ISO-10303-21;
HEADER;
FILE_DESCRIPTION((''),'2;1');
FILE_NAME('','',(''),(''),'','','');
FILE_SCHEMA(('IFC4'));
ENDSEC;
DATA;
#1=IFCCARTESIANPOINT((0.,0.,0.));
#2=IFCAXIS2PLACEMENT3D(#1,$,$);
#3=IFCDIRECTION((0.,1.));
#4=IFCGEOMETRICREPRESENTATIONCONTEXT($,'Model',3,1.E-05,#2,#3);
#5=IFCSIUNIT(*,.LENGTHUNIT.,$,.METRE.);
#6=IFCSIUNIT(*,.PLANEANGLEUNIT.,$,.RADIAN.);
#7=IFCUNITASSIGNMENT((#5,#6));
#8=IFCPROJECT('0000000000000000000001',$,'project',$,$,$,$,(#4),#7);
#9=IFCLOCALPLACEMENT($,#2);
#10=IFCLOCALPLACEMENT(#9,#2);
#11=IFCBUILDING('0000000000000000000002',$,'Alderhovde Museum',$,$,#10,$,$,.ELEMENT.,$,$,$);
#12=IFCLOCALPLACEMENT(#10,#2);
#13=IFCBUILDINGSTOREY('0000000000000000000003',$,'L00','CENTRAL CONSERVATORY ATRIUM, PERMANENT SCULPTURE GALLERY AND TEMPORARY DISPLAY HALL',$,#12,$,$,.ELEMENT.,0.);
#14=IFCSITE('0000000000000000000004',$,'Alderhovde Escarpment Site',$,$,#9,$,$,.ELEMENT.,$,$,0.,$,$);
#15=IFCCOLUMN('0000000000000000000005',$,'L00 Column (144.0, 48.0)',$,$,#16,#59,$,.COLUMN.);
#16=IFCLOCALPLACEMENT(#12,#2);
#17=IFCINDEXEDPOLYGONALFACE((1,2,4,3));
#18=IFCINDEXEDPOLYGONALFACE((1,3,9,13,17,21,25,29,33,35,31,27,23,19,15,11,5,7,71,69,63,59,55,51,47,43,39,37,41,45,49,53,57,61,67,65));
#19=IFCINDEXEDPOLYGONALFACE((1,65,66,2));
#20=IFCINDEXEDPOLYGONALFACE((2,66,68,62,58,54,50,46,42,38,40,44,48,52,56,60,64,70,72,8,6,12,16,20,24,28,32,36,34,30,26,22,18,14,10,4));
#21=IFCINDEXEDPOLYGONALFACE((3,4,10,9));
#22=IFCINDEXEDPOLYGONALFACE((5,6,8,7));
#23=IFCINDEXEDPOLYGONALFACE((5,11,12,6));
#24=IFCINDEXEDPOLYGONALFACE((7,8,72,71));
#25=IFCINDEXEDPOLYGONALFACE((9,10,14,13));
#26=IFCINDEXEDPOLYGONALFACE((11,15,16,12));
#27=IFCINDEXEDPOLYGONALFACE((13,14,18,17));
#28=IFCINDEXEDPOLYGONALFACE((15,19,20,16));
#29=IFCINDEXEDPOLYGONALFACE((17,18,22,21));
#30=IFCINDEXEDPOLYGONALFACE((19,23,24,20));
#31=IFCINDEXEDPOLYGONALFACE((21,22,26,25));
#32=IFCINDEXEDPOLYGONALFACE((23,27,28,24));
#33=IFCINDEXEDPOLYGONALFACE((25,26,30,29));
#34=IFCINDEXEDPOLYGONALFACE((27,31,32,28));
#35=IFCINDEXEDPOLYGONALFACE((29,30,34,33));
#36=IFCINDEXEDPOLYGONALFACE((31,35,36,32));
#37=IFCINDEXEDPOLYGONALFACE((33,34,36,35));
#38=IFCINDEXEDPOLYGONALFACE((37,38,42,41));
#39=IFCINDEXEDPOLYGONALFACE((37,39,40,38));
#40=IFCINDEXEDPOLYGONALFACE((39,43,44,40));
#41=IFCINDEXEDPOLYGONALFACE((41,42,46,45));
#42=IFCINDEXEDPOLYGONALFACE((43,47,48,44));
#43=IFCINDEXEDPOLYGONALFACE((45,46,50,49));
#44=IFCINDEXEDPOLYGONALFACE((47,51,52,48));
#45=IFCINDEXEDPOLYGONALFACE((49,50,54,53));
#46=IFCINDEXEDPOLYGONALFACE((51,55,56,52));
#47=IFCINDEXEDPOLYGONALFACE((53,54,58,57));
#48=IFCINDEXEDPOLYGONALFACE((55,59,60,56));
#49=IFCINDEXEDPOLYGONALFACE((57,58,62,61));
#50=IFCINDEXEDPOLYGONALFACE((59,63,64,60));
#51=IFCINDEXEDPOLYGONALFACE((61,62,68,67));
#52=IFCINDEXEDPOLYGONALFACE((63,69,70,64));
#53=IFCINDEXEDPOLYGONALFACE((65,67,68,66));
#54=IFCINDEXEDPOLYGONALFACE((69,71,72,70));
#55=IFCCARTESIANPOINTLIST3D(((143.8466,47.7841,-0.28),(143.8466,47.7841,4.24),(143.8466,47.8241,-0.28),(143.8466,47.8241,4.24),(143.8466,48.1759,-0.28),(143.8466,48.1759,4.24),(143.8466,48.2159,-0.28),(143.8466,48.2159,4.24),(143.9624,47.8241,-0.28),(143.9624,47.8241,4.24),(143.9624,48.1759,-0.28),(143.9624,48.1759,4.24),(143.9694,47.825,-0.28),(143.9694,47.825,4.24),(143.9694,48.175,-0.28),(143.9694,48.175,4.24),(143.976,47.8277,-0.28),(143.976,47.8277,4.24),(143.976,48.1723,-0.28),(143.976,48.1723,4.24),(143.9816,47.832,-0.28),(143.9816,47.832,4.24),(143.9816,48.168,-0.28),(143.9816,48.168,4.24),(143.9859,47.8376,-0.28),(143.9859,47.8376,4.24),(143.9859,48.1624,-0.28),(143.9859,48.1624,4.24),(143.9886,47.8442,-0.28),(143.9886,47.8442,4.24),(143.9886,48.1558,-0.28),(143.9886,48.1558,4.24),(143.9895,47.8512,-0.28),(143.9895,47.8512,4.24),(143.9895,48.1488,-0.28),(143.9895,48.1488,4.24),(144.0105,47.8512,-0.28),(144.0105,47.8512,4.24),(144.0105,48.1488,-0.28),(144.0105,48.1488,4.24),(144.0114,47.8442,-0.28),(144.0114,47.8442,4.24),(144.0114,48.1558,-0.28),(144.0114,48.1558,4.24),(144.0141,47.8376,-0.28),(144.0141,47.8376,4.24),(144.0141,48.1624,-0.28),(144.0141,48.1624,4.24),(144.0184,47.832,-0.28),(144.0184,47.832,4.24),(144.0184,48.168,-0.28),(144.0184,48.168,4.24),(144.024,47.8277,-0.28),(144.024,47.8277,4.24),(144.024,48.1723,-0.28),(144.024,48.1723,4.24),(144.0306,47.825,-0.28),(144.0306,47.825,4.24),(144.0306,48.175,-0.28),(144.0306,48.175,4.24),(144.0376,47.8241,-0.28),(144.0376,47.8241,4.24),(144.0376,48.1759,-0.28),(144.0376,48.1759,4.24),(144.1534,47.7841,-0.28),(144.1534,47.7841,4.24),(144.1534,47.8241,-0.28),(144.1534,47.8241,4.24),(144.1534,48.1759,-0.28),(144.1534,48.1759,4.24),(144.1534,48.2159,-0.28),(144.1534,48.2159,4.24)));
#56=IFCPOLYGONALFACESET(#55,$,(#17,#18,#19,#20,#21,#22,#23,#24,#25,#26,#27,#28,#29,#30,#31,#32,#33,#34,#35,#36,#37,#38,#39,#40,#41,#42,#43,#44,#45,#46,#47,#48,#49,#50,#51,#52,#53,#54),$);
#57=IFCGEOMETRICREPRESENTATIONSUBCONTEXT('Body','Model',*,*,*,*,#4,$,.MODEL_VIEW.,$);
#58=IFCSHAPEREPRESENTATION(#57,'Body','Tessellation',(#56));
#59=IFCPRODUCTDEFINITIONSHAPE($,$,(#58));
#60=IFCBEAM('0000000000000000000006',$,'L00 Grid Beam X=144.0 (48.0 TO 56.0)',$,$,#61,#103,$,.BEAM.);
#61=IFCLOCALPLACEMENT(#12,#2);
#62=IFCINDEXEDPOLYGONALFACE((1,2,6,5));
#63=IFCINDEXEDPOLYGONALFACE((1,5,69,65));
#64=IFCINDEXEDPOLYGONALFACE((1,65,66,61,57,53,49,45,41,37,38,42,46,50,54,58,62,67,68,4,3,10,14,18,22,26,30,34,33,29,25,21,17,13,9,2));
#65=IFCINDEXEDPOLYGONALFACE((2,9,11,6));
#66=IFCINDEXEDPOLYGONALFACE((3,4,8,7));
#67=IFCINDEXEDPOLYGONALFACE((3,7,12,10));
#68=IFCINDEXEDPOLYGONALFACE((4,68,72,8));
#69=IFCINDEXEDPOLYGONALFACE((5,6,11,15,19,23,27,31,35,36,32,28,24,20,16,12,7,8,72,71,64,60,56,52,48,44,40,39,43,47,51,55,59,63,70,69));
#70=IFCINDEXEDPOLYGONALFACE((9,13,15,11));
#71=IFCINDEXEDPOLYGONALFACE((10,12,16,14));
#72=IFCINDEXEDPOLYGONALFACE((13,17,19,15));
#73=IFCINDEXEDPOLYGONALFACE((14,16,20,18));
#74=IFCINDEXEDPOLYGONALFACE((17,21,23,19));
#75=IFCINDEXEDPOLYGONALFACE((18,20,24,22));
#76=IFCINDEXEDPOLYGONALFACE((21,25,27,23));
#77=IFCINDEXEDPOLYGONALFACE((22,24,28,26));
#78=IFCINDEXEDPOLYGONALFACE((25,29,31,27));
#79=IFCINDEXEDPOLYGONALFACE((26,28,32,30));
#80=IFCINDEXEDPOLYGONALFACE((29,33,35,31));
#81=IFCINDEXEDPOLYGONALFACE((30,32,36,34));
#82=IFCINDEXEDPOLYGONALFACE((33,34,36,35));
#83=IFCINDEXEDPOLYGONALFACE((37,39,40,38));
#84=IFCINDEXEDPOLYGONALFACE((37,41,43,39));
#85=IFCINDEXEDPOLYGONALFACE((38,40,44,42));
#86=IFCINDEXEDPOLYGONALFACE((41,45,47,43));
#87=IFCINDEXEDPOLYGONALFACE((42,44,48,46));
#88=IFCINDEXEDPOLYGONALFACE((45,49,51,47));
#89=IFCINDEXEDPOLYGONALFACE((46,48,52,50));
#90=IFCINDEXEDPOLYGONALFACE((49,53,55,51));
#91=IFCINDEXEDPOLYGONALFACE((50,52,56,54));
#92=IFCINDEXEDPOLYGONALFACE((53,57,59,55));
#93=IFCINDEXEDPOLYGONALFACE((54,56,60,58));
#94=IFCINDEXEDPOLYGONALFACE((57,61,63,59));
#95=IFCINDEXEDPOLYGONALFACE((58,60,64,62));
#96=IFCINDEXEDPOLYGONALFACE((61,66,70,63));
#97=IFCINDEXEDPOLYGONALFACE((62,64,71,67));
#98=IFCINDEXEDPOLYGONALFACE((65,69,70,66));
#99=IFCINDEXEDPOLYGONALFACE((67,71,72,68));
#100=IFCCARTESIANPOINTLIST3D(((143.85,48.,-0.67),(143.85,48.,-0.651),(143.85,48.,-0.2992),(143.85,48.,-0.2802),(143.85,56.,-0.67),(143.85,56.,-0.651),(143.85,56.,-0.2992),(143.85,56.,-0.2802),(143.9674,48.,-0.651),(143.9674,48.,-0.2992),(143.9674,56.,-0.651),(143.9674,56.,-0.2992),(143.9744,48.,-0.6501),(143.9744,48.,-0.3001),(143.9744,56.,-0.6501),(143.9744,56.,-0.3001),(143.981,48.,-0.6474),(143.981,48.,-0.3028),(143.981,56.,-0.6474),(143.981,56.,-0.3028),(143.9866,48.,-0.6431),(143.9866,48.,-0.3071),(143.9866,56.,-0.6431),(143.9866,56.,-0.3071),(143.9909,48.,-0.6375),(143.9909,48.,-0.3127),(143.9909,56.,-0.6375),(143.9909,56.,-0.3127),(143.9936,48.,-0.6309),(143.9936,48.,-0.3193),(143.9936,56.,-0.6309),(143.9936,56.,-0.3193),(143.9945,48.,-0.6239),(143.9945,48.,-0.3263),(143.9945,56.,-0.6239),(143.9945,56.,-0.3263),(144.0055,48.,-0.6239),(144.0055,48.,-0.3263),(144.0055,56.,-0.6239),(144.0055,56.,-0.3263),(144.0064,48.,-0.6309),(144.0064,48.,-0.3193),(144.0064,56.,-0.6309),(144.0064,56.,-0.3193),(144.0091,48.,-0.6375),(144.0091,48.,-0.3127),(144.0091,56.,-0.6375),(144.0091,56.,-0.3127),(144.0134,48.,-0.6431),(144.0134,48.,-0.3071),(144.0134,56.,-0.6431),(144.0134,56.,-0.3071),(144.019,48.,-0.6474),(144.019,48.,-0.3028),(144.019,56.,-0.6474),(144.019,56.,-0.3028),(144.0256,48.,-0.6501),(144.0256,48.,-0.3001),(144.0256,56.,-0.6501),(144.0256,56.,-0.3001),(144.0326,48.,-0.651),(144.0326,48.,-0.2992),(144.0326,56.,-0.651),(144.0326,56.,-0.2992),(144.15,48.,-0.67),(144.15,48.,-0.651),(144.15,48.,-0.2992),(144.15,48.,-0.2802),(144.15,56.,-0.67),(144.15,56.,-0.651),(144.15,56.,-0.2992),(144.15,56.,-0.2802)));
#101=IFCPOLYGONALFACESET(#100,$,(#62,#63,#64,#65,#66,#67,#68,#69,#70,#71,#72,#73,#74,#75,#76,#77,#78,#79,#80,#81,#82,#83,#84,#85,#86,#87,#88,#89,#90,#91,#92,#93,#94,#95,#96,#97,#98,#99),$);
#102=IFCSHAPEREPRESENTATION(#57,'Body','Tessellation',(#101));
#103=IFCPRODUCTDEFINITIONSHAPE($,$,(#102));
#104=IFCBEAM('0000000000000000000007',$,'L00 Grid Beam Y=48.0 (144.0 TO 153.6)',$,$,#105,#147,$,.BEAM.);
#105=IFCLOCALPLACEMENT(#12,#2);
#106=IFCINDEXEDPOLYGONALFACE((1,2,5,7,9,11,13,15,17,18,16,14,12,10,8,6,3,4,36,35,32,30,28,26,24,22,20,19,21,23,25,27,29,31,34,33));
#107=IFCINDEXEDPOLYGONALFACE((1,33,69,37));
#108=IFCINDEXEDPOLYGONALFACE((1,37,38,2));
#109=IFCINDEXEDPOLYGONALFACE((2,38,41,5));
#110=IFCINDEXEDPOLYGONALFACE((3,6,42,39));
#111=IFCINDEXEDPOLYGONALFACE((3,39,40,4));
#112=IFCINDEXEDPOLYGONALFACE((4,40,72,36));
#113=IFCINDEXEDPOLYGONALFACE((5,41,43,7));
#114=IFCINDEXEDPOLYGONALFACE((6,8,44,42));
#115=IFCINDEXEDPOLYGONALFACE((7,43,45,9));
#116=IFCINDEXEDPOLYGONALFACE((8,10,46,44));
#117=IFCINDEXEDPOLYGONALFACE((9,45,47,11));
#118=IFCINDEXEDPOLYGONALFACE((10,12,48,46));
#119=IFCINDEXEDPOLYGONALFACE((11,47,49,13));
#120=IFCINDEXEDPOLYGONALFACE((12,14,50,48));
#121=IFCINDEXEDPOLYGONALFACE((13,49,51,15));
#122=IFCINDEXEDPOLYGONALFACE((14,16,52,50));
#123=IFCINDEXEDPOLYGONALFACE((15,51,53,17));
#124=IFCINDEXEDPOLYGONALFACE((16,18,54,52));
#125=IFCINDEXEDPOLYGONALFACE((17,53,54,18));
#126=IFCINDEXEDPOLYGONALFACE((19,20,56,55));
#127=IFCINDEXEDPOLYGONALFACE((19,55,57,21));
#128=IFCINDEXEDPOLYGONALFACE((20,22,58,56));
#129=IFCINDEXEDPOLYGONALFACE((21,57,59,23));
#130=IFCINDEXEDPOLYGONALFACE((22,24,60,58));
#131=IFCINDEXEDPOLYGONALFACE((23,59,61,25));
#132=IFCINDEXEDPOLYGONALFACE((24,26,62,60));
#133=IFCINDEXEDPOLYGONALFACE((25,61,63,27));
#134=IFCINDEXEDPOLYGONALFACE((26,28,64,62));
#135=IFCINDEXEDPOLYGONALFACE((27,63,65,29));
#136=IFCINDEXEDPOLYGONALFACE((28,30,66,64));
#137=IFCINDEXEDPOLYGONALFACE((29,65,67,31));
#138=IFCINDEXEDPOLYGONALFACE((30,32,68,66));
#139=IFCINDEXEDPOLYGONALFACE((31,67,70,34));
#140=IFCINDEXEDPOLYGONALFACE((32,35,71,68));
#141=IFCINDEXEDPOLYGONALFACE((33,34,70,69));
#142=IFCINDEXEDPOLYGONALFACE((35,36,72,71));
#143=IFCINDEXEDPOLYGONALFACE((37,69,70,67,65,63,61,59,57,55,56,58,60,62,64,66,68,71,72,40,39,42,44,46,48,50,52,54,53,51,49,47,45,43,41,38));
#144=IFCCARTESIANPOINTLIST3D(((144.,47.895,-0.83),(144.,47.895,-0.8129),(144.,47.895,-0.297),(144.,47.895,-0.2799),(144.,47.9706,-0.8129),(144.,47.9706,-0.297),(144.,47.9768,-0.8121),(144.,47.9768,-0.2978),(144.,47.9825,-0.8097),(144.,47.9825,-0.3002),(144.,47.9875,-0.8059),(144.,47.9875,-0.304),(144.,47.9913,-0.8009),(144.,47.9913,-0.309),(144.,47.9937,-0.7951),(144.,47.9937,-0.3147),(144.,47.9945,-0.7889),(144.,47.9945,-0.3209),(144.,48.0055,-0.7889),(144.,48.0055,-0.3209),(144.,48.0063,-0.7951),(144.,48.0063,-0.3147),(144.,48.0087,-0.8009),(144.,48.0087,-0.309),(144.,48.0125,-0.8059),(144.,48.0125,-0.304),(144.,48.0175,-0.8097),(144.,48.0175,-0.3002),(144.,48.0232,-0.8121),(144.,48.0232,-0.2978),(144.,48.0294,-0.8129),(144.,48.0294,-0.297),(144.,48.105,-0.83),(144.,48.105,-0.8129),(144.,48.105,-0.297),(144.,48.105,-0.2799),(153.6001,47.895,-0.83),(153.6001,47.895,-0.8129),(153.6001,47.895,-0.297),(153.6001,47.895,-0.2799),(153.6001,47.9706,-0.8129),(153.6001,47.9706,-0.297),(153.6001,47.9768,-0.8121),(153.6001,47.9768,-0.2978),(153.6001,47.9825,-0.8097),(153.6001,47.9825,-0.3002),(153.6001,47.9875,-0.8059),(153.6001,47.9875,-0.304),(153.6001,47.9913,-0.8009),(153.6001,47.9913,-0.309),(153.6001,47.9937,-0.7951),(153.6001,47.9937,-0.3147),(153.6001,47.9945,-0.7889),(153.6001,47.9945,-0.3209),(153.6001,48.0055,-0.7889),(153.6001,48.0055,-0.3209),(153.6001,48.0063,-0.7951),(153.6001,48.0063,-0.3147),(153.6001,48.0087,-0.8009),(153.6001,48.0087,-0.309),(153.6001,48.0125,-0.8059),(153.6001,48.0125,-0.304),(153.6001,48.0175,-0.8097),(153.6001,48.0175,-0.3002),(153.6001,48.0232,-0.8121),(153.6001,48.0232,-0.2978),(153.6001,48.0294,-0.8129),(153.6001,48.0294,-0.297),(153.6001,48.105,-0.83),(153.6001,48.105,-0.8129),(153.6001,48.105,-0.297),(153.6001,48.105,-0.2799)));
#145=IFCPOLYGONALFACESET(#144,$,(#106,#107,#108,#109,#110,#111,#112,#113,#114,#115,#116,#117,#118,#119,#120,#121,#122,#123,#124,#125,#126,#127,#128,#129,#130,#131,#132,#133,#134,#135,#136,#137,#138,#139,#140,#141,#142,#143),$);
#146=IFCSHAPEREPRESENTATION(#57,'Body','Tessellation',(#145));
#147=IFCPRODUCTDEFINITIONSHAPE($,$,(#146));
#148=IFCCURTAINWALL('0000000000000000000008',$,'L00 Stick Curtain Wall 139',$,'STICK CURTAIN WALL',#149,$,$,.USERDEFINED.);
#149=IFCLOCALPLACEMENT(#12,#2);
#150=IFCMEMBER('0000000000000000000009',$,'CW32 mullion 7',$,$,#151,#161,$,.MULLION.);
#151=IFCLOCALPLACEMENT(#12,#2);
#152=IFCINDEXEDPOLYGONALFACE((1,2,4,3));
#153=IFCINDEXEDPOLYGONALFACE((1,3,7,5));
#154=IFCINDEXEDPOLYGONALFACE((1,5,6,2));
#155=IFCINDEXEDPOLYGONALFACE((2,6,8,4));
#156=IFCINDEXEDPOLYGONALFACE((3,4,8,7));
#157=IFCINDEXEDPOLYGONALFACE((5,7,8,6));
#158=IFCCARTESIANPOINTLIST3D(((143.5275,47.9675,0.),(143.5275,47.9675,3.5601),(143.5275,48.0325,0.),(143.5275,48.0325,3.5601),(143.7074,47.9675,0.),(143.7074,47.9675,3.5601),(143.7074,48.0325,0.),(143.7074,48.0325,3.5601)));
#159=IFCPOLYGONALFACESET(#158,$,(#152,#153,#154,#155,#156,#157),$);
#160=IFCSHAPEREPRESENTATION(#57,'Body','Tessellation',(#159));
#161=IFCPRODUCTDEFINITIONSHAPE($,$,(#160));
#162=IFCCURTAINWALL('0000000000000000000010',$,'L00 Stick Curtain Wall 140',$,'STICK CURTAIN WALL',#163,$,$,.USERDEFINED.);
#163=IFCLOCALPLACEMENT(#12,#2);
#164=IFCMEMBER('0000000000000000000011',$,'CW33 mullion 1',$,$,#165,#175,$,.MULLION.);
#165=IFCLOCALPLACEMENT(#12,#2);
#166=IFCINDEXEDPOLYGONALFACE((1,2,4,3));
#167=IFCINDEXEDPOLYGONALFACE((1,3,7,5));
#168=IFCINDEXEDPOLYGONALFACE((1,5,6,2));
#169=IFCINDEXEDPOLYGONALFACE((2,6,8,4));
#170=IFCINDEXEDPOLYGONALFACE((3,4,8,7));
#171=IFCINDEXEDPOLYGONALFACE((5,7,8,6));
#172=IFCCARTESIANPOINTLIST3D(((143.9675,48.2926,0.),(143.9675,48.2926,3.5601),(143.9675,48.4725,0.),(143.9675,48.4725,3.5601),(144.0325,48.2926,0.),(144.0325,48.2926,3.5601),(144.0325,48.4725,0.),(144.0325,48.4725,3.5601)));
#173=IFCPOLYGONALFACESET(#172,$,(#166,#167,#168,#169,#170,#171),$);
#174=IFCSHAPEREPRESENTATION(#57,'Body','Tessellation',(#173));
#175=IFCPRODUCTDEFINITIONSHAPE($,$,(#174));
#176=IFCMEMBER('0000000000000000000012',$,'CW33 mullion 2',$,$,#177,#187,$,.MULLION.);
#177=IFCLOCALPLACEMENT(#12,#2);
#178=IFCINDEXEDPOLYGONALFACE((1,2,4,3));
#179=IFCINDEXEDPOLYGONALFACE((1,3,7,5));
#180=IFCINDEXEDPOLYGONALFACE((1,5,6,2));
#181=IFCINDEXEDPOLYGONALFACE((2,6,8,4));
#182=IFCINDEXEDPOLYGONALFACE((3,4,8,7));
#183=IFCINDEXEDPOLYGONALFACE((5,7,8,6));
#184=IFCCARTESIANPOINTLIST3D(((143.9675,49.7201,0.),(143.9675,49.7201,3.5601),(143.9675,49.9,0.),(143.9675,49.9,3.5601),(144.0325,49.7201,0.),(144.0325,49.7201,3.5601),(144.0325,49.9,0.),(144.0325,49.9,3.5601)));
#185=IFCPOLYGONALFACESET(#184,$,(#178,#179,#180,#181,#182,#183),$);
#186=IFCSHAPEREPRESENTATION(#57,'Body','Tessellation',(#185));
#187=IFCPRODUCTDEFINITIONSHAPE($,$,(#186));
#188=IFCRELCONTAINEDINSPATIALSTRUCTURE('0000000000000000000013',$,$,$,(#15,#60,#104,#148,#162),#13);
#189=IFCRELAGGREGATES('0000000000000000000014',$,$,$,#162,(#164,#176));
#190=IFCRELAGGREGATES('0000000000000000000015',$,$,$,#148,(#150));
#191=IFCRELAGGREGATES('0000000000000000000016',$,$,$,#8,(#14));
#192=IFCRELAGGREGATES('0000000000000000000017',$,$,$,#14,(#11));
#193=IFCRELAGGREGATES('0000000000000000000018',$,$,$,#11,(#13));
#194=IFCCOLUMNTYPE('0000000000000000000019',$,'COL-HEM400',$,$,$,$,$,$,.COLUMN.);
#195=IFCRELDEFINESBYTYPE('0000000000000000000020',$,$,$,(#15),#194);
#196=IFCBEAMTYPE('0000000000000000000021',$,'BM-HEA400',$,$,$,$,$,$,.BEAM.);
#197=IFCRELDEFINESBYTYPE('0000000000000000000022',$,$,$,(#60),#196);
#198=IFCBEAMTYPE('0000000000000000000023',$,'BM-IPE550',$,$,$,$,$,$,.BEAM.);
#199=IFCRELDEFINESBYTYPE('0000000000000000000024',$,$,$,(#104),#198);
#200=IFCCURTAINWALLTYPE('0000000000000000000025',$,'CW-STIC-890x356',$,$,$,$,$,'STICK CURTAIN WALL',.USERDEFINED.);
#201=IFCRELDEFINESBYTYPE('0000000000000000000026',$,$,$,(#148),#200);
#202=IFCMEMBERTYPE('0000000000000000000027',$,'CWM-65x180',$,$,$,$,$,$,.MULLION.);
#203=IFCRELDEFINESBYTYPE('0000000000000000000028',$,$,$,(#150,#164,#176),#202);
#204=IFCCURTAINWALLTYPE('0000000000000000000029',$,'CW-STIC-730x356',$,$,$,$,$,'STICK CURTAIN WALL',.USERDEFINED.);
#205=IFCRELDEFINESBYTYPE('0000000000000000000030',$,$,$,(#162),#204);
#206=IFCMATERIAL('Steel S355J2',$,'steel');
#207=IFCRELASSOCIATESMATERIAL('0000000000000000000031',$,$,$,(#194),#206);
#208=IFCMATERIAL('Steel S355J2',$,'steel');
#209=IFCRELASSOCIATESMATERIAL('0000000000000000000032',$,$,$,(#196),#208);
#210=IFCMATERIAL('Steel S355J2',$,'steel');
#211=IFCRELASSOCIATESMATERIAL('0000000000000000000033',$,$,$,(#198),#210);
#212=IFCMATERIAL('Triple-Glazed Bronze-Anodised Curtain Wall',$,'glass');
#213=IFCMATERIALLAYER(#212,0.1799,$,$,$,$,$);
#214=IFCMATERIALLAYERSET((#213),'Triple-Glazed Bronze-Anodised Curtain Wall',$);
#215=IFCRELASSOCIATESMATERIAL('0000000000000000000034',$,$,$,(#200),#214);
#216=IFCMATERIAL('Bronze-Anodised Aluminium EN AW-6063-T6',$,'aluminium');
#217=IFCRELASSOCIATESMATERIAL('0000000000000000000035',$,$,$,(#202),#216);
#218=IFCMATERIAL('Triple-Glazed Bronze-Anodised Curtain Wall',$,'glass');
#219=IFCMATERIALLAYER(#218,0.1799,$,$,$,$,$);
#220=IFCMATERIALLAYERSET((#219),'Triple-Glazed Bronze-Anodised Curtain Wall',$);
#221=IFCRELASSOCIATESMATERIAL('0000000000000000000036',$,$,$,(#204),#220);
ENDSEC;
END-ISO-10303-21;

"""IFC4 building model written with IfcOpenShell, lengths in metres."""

from ifc_helpers import new_model, si_unit, direction, frame, origin, origin_2d, place, context, subcontext, project, spatial, rectangle, i_section, extrude, material, layer, layer_set, material_profile, profile_set, type_object, element, aggregate, save


model = new_model("IFC4")

# Units and contexts
model_context = context("Model", 3, precision=1e-05, world=origin(), true_north=direction((0.0, 1.0)))
body_context = subcontext(model_context, "Body", "Model", "MODEL_VIEW")
ifc_project = project(units=[si_unit("LENGTHUNIT", "METRE"), si_unit("PLANEANGLEUNIT", "RADIAN")], contexts=[model_context])

# Site, building, storey
site_placement = place(None, origin())
site = spatial("IfcSite", under=ifc_project, at=site_placement, Name="Alderhovde Escarpment Site", CompositionType="ELEMENT", RefElevation=0.0)
building_placement = place(site_placement, origin())
building = spatial("IfcBuilding", under=site, at=building_placement, Name="Alderhovde Museum", CompositionType="ELEMENT")
storey_placement = place(building_placement, origin())
storey = spatial("IfcBuildingStorey", under=building, at=storey_placement, Name="L00", Description="CENTRAL CONSERVATORY ATRIUM, PERMANENT SCULPTURE GALLERY AND TEMPORARY DISPLAY HALL", CompositionType="ELEMENT", Elevation=0.0)

# Column
ifc_material_1 = material(Name="Steel S355J2", Category="steel")
ifc_material_profile_1 = material_profile(ifc_material_1, i_section(OverallWidth=0.3069, OverallDepth=0.4319, WebThickness=0.021, FlangeThickness=0.04, FilletRadius=0.0271, at=origin_2d()), Name="HEM 400")
ifc_profile_set_1 = profile_set([ifc_material_profile_1], Name="Steel S355J2")
column_type = type_object("IfcColumnType", Name="COL-HEM400", PredefinedType="COLUMN", material=ifc_profile_set_1)
column_placement = place(storey_placement, frame((144.0, 48.0, -0.28), z_axis=(0.0, 0.0, 1.0), x_axis=(1.0, 0.0, 0.0)))
element("IfcColumn", 1, at=column_placement, inside=storey, type_object=column_type, Name="L00 Column (144.0, 48.0)", PredefinedType="COLUMN", context=body_context, shape_type="SweptSolid", body=[
    extrude(i_section(OverallWidth=0.3069, OverallDepth=0.4319, WebThickness=0.021, FlangeThickness=0.04, FilletRadius=0.0271, at=origin_2d()), origin(), (0.0, 0.0, 1.0), 4.52),
])

# Beams
ifc_material_2 = material(Name="Steel S355J2", Category="steel")
ifc_material_profile_2 = material_profile(ifc_material_2, i_section(OverallWidth=0.3, OverallDepth=0.3899, WebThickness=0.011, FlangeThickness=0.019, FilletRadius=0.0271, at=origin_2d()), Name="HEA 400")
ifc_profile_set_2 = profile_set([ifc_material_profile_2], Name="Steel S355J2")
beam_type_1 = type_object("IfcBeamType", Name="BM-HEA400", PredefinedType="BEAM", material=ifc_profile_set_2)
beam_1_placement = place(storey_placement, frame((144.0, 48.0, -0.4751), z_axis=(0.0, 1.0, 0.0), x_axis=(-1.0, 0.0, 0.0)))
element("IfcBeam", 2, at=beam_1_placement, inside=storey, type_object=beam_type_1, Name="L00 Grid Beam X=144.0 (48.0 TO 56.0)", PredefinedType="BEAM", context=body_context, shape_type="SweptSolid", body=[
    extrude(i_section(OverallWidth=0.3, OverallDepth=0.3899, WebThickness=0.011, FlangeThickness=0.019, FilletRadius=0.0271, at=origin_2d()), origin(), (0.0, 0.0, 1.0), 8.0),
])
ifc_material_3 = material(Name="Steel S355J2", Category="steel")
ifc_material_profile_3 = material_profile(ifc_material_3, i_section(OverallWidth=0.21, OverallDepth=0.55, WebThickness=0.011, FlangeThickness=0.0171, FilletRadius=0.0239, at=origin_2d()), Name="IPE 550")
ifc_profile_set_3 = profile_set([ifc_material_profile_3], Name="Steel S355J2")
beam_type_2 = type_object("IfcBeamType", Name="BM-IPE550", PredefinedType="BEAM", material=ifc_profile_set_3)
beam_2_placement = place(storey_placement, frame((144.0, 48.0, -0.5549), z_axis=(1.0, 0.0, 0.0), x_axis=(0.0, 1.0, 0.0)))
element("IfcBeam", 3, at=beam_2_placement, inside=storey, type_object=beam_type_2, Name="L00 Grid Beam Y=48.0 (144.0 TO 153.6)", PredefinedType="BEAM", context=body_context, shape_type="SweptSolid", body=[
    extrude(i_section(OverallWidth=0.21, OverallDepth=0.55, WebThickness=0.011, FlangeThickness=0.0171, FilletRadius=0.0239, at=origin_2d()), origin(), (0.0, 0.0, 1.0), 9.6001),
])

# Curtain wall, member
ifc_material_4 = material(Name="Triple-Glazed Bronze-Anodised Curtain Wall", Category="glass")
ifc_layer_1 = layer(ifc_material_4, 0.1799)
ifc_layer_set_1 = layer_set([ifc_layer_1], Name="Triple-Glazed Bronze-Anodised Curtain Wall")
curtain_wall_type_1 = type_object("IfcCurtainWallType", Name="CW-STIC-890x356", ElementType="STICK CURTAIN WALL", PredefinedType="USERDEFINED", material=ifc_layer_set_1)
curtain_wall_1_placement = place(storey_placement, origin())
curtain_wall_1 = element("IfcCurtainWall", 4, at=curtain_wall_1_placement, inside=storey, type_object=curtain_wall_type_1, Name="L00 Stick Curtain Wall 139", ObjectType="STICK CURTAIN WALL", PredefinedType="USERDEFINED")
ifc_material_5 = material(Name="Bronze-Anodised Aluminium EN AW-6063-T6", Category="aluminium")
ifc_material_profile_4 = material_profile(ifc_material_5, rectangle(XDim=0.0649, YDim=0.1799, at=origin_2d()), Name="MULLION 65x180")
ifc_profile_set_4 = profile_set([ifc_material_profile_4], Name="Bronze-Anodised Aluminium EN AW-6063-T6")
member_type_1 = type_object("IfcMemberType", Name="CWM-65x180", PredefinedType="MULLION", material=ifc_profile_set_4)
member_1_placement = place(storey_placement, frame((143.6174, 48.0, 0.0), z_axis=(0.0, 0.0, 1.0), x_axis=(0.0, 1.0, 0.0)))
member_1 = element("IfcMember", 5, at=member_1_placement, type_object=member_type_1, Name="CW32 mullion 7", PredefinedType="MULLION", context=body_context, shape_type="SweptSolid", body=[
    extrude(rectangle(XDim=0.0649, YDim=0.1799, at=origin_2d()), origin(), (0.0, 0.0, 1.0), 3.5601),
])

# Curtain wall, members
ifc_material_6 = material(Name="Triple-Glazed Bronze-Anodised Curtain Wall", Category="glass")
ifc_layer_2 = layer(ifc_material_6, 0.1799)
ifc_layer_set_2 = layer_set([ifc_layer_2], Name="Triple-Glazed Bronze-Anodised Curtain Wall")
curtain_wall_type_2 = type_object("IfcCurtainWallType", Name="CW-STIC-730x356", ElementType="STICK CURTAIN WALL", PredefinedType="USERDEFINED", material=ifc_layer_set_2)
curtain_wall_2_placement = place(storey_placement, origin())
curtain_wall_2 = element("IfcCurtainWall", 6, at=curtain_wall_2_placement, inside=storey, type_object=curtain_wall_type_2, Name="L00 Stick Curtain Wall 140", ObjectType="STICK CURTAIN WALL", PredefinedType="USERDEFINED")
member_2_placement = place(storey_placement, frame((144.0, 48.3826, 0.0), z_axis=(0.0, 0.0, 1.0), x_axis=(-1.0, 0.0, 0.0)))
member_2 = element("IfcMember", 7, at=member_2_placement, type_object=member_type_1, Name="CW33 mullion 1", PredefinedType="MULLION", context=body_context, shape_type="SweptSolid", body=[
    extrude(rectangle(XDim=0.0649, YDim=0.1799, at=origin_2d()), origin(), (0.0, 0.0, 1.0), 3.5601),
])
member_3_placement = place(storey_placement, frame((144.0, 49.8101, 0.0), z_axis=(0.0, 0.0, 1.0), x_axis=(-1.0, 0.0, 0.0)))
member_3 = element("IfcMember", 8, at=member_3_placement, type_object=member_type_1, Name="CW33 mullion 2", PredefinedType="MULLION", context=body_context, shape_type="SweptSolid", body=[
    extrude(rectangle(XDim=0.0649, YDim=0.1799, at=origin_2d()), origin(), (0.0, 0.0, 1.0), 3.5601),
])
aggregate(curtain_wall_2, [member_2, member_3])

aggregate(curtain_wall_1, [member_1])

save(model, "model.ifc")
